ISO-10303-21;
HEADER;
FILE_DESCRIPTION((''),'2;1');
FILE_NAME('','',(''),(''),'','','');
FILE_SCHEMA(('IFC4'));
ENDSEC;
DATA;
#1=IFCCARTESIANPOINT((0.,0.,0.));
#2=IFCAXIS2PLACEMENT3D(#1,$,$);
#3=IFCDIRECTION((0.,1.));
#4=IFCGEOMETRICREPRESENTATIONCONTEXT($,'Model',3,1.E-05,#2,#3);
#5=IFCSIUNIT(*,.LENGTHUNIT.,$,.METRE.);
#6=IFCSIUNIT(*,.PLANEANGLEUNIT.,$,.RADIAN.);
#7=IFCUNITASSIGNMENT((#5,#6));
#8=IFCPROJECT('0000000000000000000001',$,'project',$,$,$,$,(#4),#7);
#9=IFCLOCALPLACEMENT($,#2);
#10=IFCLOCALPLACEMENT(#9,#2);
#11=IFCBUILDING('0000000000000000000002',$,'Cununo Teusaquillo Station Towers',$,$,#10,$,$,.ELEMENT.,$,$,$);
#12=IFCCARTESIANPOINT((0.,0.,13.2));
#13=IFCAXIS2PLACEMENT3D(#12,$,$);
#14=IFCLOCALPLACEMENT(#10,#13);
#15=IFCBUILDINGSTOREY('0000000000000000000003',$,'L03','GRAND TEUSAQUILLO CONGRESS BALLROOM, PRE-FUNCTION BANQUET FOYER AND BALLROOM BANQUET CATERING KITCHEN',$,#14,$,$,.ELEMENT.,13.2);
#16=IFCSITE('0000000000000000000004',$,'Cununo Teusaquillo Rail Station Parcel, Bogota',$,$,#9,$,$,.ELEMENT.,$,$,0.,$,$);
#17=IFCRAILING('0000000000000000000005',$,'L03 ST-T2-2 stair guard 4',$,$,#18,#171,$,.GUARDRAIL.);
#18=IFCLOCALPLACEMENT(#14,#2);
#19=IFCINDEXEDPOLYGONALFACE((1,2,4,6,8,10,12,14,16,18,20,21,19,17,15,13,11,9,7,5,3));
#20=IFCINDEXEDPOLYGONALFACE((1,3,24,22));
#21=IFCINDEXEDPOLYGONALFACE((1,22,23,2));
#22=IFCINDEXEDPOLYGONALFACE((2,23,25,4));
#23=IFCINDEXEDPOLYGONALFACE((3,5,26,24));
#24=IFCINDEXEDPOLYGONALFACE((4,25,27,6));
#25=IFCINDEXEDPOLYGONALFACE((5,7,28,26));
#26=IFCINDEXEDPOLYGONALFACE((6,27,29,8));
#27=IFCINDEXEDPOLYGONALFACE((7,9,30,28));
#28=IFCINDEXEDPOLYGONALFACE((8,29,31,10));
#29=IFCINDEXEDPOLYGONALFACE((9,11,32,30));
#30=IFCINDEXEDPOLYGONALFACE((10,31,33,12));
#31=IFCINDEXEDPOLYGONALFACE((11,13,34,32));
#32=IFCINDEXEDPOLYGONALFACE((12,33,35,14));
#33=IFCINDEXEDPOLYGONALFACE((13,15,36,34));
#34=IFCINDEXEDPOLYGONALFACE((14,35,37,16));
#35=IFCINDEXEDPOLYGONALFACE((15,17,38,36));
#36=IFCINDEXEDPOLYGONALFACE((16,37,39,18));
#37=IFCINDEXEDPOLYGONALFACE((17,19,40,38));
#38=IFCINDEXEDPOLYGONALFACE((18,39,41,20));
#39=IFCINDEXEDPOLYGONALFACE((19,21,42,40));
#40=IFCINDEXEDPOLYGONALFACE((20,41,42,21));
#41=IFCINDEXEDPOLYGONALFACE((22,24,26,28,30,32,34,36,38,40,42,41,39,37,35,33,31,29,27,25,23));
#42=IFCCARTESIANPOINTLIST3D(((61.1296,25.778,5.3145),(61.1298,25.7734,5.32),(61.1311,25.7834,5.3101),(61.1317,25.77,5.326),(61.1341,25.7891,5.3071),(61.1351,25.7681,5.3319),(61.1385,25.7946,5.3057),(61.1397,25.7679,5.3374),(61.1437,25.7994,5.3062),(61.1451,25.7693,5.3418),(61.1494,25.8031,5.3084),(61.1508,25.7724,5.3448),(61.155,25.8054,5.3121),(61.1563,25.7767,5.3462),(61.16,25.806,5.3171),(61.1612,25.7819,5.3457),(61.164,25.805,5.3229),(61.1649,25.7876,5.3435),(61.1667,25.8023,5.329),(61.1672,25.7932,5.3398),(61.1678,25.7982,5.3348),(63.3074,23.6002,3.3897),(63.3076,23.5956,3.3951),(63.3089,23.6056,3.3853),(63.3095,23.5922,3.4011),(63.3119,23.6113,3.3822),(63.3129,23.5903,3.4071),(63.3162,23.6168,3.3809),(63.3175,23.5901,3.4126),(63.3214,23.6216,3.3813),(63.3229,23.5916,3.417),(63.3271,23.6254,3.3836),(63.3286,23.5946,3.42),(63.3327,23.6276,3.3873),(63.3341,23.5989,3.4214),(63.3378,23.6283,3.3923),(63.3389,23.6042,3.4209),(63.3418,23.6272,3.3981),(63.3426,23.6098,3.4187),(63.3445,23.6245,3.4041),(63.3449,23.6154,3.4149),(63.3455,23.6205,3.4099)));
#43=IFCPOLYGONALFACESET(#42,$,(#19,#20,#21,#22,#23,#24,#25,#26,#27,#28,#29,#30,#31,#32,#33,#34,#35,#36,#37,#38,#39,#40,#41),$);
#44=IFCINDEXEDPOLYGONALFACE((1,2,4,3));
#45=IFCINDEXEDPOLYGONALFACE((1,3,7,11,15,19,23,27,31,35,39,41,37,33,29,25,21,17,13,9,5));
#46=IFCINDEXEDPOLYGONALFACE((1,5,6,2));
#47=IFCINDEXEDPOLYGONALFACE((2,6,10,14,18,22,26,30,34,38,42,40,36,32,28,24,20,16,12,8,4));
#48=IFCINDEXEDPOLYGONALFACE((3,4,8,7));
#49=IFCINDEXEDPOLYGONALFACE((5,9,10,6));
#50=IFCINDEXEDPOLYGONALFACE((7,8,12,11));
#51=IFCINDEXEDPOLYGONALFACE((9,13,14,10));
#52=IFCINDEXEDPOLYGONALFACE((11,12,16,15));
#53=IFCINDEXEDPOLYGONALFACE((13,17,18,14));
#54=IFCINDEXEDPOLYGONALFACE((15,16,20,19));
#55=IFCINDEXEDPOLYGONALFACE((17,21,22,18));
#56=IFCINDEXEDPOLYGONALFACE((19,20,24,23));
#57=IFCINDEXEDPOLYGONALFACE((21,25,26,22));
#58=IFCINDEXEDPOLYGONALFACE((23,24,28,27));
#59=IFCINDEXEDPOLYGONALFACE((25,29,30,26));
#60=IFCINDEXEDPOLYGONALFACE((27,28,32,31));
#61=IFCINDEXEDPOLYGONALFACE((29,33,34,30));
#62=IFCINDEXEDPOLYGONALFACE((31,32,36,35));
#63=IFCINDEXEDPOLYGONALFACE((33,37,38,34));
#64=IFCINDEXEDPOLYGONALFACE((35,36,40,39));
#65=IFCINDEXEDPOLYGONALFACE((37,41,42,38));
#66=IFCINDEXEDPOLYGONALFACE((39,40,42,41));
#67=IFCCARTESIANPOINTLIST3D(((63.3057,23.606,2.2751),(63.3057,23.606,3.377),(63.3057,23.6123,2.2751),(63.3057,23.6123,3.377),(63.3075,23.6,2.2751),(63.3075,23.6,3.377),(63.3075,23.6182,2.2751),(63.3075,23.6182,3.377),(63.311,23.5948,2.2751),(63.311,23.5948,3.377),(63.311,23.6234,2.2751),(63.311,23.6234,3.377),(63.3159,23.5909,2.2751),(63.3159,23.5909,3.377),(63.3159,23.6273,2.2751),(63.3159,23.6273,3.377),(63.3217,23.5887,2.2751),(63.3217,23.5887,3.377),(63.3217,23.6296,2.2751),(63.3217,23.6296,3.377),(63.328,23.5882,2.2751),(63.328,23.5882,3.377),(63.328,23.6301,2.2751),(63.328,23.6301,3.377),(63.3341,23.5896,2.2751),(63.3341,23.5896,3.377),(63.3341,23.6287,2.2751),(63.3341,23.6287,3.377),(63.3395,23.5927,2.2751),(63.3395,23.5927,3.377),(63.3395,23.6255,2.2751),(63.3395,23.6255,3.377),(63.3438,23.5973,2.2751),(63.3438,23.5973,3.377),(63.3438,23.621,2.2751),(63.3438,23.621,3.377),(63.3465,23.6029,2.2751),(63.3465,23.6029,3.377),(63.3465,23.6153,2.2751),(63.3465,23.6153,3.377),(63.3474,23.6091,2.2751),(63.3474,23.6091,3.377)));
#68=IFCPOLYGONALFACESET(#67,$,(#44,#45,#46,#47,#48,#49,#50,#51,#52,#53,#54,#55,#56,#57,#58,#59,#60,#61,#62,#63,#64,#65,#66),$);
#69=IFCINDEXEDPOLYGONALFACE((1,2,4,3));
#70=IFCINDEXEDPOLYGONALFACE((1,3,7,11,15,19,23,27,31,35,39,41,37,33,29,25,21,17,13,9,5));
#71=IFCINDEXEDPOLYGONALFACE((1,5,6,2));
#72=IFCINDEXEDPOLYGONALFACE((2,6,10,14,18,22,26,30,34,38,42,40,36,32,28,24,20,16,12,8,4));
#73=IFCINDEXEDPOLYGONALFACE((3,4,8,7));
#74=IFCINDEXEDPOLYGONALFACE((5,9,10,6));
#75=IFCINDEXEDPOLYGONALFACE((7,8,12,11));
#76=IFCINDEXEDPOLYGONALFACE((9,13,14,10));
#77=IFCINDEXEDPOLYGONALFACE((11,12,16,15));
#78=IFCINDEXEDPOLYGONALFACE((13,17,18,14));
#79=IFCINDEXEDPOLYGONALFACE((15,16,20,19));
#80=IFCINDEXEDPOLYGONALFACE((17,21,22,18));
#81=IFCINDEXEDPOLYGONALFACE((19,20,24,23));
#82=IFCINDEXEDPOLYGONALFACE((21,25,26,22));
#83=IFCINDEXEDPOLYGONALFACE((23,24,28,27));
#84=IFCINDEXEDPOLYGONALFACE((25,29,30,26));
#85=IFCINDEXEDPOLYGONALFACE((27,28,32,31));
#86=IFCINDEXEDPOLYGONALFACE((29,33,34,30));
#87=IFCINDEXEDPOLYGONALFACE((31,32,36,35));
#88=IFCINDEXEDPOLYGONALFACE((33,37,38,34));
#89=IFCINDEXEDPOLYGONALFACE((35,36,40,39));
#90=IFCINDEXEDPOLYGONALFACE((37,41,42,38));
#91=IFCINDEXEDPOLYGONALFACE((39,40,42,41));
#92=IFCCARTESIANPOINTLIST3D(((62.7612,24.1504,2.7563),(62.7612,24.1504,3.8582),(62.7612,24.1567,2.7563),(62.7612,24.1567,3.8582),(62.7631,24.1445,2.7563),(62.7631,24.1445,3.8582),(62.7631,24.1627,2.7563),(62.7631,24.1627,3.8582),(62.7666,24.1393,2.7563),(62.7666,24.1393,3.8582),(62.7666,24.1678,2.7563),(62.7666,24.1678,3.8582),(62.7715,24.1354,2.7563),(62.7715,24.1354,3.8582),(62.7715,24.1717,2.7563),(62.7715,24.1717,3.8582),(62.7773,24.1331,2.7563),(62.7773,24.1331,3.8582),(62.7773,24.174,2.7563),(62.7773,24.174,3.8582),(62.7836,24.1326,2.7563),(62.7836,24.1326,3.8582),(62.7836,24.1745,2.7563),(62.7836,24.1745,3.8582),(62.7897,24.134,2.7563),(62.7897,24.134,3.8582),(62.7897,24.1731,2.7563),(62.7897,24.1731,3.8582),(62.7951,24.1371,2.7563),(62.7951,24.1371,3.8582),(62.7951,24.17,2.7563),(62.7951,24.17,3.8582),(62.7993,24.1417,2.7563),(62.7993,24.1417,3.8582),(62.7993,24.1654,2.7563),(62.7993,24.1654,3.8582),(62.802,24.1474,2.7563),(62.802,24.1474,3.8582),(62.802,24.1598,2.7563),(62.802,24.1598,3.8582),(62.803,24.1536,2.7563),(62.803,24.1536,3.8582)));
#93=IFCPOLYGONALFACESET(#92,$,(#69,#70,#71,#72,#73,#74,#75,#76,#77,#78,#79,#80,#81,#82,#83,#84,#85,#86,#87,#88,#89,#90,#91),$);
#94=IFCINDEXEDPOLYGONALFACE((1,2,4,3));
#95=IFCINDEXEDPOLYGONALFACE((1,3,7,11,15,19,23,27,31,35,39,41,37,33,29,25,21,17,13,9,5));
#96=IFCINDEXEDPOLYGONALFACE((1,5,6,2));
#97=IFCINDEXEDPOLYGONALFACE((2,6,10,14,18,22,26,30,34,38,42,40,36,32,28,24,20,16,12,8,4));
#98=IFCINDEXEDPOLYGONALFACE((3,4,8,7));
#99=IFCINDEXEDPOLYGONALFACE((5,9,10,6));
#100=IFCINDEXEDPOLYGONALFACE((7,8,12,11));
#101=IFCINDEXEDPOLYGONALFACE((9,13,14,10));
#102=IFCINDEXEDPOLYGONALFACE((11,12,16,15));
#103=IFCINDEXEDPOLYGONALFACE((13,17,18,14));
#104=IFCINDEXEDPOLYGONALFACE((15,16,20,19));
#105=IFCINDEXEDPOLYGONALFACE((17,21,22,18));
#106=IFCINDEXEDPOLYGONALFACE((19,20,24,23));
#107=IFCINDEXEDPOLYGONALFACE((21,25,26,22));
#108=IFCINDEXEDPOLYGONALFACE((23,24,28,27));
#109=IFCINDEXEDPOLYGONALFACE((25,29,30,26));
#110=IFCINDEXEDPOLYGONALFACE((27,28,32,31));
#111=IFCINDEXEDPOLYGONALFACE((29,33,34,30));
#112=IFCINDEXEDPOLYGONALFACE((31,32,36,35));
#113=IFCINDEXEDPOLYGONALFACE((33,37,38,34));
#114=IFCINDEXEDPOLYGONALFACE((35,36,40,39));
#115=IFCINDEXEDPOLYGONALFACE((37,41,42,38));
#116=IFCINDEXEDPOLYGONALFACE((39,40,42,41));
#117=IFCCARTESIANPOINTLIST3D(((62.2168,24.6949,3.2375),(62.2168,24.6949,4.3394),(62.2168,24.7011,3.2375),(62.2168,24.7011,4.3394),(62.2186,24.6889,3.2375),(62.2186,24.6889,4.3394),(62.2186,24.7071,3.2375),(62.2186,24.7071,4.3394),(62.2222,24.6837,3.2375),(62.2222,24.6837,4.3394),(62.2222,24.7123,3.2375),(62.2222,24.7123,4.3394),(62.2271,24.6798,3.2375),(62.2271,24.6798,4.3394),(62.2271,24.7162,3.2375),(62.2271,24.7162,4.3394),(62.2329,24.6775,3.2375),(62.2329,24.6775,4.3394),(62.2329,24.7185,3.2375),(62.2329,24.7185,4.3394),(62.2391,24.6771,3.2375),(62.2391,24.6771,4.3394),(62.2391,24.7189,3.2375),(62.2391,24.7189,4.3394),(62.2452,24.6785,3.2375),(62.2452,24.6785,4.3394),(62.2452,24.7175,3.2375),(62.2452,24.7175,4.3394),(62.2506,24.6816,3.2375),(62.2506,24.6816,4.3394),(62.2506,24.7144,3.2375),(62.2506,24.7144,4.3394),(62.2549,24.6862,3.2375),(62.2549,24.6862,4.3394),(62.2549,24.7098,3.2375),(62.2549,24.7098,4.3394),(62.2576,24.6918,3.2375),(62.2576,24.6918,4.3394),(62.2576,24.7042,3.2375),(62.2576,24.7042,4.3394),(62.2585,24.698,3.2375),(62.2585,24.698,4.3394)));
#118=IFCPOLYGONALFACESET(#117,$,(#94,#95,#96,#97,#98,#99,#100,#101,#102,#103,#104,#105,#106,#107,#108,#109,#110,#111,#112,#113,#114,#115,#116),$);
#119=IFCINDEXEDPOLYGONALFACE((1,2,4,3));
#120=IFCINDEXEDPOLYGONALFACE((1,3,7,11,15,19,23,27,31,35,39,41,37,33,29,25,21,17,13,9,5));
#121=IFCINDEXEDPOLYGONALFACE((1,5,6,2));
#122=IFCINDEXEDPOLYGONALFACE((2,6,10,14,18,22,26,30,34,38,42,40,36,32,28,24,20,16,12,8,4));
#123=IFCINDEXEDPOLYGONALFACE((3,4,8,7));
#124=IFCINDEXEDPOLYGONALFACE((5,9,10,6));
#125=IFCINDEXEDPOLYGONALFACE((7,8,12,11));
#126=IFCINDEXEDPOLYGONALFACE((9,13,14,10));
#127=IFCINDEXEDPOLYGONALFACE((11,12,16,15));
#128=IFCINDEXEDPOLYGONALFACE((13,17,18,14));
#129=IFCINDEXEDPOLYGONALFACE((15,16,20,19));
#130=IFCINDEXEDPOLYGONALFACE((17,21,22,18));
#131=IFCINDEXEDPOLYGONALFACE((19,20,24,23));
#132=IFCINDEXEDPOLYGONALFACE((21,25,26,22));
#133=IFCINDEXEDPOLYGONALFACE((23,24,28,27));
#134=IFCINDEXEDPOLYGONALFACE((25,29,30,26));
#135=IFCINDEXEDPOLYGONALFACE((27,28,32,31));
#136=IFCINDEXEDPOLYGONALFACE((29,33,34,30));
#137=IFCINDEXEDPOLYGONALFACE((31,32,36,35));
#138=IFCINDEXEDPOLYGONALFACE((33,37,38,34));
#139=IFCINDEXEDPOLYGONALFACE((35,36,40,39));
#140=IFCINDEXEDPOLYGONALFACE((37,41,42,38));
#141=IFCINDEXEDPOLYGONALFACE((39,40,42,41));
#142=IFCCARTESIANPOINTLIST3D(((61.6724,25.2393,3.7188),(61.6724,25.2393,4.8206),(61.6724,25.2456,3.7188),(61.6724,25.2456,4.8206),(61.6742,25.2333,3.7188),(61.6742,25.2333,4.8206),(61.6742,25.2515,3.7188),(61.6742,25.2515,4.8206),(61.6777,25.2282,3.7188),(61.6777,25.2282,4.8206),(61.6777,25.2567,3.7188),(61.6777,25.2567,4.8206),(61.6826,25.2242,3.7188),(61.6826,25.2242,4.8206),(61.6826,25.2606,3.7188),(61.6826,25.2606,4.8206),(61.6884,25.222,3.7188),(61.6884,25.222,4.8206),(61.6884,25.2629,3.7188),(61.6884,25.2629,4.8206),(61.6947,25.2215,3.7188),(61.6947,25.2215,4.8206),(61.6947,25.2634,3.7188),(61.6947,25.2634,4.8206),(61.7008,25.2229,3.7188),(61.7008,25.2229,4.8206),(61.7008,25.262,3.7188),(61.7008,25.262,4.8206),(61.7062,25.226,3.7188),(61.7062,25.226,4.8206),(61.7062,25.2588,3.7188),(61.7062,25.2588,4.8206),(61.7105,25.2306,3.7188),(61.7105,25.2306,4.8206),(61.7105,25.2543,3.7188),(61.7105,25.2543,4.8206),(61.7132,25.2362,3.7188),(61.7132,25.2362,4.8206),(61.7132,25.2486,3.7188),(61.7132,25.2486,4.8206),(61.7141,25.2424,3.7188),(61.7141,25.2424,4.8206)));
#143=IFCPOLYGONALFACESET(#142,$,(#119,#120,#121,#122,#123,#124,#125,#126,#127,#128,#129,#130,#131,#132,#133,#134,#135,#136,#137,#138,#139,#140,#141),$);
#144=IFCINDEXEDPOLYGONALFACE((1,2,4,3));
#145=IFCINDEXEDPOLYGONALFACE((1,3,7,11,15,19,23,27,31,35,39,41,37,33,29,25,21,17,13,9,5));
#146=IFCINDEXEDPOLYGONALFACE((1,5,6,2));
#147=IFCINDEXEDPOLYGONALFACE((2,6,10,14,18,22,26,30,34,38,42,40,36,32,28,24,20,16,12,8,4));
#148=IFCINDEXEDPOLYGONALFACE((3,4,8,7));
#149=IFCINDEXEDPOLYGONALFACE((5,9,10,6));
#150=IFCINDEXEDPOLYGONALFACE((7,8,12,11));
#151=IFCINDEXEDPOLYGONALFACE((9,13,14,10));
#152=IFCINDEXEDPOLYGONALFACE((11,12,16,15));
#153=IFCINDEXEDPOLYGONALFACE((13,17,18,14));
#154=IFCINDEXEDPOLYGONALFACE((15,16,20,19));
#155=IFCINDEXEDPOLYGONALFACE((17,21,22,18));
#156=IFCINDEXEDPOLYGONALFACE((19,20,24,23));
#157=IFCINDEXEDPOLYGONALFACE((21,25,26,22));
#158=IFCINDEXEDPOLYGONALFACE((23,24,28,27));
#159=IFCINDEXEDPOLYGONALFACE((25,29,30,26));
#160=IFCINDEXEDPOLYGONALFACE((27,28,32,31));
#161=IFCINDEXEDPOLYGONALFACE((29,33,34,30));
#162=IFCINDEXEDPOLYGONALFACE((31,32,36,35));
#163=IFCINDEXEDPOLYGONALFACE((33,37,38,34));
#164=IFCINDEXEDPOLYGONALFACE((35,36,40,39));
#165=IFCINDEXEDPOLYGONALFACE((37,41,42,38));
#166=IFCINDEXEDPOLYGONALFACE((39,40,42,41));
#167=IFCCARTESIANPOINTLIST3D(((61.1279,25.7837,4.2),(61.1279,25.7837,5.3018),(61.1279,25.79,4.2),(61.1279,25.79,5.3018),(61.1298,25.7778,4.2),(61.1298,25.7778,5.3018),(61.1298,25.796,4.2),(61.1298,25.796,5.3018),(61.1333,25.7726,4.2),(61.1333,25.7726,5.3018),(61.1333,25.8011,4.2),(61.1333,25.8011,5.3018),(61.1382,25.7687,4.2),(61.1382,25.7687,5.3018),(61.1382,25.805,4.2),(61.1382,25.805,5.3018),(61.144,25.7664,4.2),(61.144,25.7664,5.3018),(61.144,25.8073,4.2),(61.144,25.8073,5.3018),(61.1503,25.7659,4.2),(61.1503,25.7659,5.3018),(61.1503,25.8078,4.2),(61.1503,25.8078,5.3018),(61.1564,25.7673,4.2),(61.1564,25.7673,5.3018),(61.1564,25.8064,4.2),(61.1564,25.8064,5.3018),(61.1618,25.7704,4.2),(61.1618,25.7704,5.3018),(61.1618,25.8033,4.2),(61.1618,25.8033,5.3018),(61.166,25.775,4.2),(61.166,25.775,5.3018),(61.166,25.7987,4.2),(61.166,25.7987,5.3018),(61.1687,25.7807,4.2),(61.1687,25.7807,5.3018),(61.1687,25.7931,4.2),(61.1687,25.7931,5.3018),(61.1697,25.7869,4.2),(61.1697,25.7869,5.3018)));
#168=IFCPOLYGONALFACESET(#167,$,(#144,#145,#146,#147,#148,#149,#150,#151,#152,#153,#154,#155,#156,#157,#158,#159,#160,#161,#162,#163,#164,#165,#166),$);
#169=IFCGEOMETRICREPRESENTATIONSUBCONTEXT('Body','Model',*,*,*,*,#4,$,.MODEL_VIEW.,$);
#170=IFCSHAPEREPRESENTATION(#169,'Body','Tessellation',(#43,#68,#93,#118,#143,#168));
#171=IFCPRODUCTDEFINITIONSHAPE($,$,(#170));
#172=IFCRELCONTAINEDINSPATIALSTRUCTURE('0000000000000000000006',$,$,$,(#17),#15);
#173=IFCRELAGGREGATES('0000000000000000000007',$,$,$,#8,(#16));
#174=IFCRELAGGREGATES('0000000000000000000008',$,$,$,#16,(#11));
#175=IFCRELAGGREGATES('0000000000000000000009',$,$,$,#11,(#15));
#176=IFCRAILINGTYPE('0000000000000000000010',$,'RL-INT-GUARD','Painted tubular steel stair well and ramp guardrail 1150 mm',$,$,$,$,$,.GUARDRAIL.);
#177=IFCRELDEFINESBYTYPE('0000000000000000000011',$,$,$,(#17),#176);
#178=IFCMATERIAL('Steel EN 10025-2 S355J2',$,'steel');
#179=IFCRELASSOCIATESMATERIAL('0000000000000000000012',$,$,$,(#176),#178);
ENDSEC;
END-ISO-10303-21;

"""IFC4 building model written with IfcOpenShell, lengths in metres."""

from ifc_helpers import new_model, si_unit, direction, frame, origin, origin_2d, place, context, subcontext, project, spatial, circle, extrude, material, type_object, element, save


model = new_model("IFC4")

# Units and contexts
model_context = context("Model", 3, precision=1e-05, world=origin(), true_north=direction((0.0, 1.0)))
body_context = subcontext(model_context, "Body", "Model", "MODEL_VIEW")
ifc_project = project(units=[si_unit("LENGTHUNIT", "METRE"), si_unit("PLANEANGLEUNIT", "RADIAN")], contexts=[model_context])

# Site, building, storey
site_placement = place(None, origin())
site = spatial("IfcSite", under=ifc_project, at=site_placement, Name="Cununo Teusaquillo Rail Station Parcel, Bogota", CompositionType="ELEMENT", RefElevation=0.0)
building_placement = place(site_placement, origin())
building = spatial("IfcBuilding", under=site, at=building_placement, Name="Cununo Teusaquillo Station Towers", CompositionType="ELEMENT")
storey_placement = place(building_placement, frame((0.0, 0.0, 13.2)))
storey = spatial("IfcBuildingStorey", under=building, at=storey_placement, Name="L03", Description="GRAND TEUSAQUILLO CONGRESS BALLROOM, PRE-FUNCTION BANQUET FOYER AND BALLROOM BANQUET CATERING KITCHEN", CompositionType="ELEMENT", Elevation=13.2)

# Railing
ifc_material_1 = material(Name="Steel EN 10025-2 S355J2", Category="steel")
railing_type_1 = type_object("IfcRailingType", Name="RL-INT-GUARD", Description="Painted tubular steel stair well and ramp guardrail 1150 mm", PredefinedType="GUARDRAIL", material=ifc_material_1)
railing_1_placement = place(storey_placement, frame((63.3264, 23.6091, 2.2751)))
element("IfcRailing", 1, at=railing_1_placement, inside=storey, type_object=railing_type_1, Name="L03 ST-T2-2 stair guard 4", PredefinedType="GUARDRAIL", context=body_context, shape_type="SweptSolid", body=[
    extrude(circle(Radius=0.0239, at=origin_2d()), frame((0.0, 0.0, 1.126), z_axis=(-0.59963, 0.59963, 0.529987), x_axis=(-0.707107, -0.707107, 0.0)), (0.0, 0.0, 1.0), 3.6318),
    extrude(circle(Radius=0.021, at=origin_2d()), origin(), (0.0, 0.0, 1.0), 1.1018),
    extrude(circle(Radius=0.021, at=origin_2d()), frame((-0.5444, 0.5444, 0.4812)), (0.0, 0.0, 1.0), 1.1018),
    extrude(circle(Radius=0.021, at=origin_2d()), frame((-1.0889, 1.0889, 0.9624)), (0.0, 0.0, 1.0), 1.1018),
    extrude(circle(Radius=0.021, at=origin_2d()), frame((-1.6333, 1.6333, 1.4436)), (0.0, 0.0, 1.0), 1.1018),
    extrude(circle(Radius=0.021, at=origin_2d()), frame((-2.1777, 2.1777, 1.9248)), (0.0, 0.0, 1.0), 1.1018),
])

save(model, "model.ifc")
